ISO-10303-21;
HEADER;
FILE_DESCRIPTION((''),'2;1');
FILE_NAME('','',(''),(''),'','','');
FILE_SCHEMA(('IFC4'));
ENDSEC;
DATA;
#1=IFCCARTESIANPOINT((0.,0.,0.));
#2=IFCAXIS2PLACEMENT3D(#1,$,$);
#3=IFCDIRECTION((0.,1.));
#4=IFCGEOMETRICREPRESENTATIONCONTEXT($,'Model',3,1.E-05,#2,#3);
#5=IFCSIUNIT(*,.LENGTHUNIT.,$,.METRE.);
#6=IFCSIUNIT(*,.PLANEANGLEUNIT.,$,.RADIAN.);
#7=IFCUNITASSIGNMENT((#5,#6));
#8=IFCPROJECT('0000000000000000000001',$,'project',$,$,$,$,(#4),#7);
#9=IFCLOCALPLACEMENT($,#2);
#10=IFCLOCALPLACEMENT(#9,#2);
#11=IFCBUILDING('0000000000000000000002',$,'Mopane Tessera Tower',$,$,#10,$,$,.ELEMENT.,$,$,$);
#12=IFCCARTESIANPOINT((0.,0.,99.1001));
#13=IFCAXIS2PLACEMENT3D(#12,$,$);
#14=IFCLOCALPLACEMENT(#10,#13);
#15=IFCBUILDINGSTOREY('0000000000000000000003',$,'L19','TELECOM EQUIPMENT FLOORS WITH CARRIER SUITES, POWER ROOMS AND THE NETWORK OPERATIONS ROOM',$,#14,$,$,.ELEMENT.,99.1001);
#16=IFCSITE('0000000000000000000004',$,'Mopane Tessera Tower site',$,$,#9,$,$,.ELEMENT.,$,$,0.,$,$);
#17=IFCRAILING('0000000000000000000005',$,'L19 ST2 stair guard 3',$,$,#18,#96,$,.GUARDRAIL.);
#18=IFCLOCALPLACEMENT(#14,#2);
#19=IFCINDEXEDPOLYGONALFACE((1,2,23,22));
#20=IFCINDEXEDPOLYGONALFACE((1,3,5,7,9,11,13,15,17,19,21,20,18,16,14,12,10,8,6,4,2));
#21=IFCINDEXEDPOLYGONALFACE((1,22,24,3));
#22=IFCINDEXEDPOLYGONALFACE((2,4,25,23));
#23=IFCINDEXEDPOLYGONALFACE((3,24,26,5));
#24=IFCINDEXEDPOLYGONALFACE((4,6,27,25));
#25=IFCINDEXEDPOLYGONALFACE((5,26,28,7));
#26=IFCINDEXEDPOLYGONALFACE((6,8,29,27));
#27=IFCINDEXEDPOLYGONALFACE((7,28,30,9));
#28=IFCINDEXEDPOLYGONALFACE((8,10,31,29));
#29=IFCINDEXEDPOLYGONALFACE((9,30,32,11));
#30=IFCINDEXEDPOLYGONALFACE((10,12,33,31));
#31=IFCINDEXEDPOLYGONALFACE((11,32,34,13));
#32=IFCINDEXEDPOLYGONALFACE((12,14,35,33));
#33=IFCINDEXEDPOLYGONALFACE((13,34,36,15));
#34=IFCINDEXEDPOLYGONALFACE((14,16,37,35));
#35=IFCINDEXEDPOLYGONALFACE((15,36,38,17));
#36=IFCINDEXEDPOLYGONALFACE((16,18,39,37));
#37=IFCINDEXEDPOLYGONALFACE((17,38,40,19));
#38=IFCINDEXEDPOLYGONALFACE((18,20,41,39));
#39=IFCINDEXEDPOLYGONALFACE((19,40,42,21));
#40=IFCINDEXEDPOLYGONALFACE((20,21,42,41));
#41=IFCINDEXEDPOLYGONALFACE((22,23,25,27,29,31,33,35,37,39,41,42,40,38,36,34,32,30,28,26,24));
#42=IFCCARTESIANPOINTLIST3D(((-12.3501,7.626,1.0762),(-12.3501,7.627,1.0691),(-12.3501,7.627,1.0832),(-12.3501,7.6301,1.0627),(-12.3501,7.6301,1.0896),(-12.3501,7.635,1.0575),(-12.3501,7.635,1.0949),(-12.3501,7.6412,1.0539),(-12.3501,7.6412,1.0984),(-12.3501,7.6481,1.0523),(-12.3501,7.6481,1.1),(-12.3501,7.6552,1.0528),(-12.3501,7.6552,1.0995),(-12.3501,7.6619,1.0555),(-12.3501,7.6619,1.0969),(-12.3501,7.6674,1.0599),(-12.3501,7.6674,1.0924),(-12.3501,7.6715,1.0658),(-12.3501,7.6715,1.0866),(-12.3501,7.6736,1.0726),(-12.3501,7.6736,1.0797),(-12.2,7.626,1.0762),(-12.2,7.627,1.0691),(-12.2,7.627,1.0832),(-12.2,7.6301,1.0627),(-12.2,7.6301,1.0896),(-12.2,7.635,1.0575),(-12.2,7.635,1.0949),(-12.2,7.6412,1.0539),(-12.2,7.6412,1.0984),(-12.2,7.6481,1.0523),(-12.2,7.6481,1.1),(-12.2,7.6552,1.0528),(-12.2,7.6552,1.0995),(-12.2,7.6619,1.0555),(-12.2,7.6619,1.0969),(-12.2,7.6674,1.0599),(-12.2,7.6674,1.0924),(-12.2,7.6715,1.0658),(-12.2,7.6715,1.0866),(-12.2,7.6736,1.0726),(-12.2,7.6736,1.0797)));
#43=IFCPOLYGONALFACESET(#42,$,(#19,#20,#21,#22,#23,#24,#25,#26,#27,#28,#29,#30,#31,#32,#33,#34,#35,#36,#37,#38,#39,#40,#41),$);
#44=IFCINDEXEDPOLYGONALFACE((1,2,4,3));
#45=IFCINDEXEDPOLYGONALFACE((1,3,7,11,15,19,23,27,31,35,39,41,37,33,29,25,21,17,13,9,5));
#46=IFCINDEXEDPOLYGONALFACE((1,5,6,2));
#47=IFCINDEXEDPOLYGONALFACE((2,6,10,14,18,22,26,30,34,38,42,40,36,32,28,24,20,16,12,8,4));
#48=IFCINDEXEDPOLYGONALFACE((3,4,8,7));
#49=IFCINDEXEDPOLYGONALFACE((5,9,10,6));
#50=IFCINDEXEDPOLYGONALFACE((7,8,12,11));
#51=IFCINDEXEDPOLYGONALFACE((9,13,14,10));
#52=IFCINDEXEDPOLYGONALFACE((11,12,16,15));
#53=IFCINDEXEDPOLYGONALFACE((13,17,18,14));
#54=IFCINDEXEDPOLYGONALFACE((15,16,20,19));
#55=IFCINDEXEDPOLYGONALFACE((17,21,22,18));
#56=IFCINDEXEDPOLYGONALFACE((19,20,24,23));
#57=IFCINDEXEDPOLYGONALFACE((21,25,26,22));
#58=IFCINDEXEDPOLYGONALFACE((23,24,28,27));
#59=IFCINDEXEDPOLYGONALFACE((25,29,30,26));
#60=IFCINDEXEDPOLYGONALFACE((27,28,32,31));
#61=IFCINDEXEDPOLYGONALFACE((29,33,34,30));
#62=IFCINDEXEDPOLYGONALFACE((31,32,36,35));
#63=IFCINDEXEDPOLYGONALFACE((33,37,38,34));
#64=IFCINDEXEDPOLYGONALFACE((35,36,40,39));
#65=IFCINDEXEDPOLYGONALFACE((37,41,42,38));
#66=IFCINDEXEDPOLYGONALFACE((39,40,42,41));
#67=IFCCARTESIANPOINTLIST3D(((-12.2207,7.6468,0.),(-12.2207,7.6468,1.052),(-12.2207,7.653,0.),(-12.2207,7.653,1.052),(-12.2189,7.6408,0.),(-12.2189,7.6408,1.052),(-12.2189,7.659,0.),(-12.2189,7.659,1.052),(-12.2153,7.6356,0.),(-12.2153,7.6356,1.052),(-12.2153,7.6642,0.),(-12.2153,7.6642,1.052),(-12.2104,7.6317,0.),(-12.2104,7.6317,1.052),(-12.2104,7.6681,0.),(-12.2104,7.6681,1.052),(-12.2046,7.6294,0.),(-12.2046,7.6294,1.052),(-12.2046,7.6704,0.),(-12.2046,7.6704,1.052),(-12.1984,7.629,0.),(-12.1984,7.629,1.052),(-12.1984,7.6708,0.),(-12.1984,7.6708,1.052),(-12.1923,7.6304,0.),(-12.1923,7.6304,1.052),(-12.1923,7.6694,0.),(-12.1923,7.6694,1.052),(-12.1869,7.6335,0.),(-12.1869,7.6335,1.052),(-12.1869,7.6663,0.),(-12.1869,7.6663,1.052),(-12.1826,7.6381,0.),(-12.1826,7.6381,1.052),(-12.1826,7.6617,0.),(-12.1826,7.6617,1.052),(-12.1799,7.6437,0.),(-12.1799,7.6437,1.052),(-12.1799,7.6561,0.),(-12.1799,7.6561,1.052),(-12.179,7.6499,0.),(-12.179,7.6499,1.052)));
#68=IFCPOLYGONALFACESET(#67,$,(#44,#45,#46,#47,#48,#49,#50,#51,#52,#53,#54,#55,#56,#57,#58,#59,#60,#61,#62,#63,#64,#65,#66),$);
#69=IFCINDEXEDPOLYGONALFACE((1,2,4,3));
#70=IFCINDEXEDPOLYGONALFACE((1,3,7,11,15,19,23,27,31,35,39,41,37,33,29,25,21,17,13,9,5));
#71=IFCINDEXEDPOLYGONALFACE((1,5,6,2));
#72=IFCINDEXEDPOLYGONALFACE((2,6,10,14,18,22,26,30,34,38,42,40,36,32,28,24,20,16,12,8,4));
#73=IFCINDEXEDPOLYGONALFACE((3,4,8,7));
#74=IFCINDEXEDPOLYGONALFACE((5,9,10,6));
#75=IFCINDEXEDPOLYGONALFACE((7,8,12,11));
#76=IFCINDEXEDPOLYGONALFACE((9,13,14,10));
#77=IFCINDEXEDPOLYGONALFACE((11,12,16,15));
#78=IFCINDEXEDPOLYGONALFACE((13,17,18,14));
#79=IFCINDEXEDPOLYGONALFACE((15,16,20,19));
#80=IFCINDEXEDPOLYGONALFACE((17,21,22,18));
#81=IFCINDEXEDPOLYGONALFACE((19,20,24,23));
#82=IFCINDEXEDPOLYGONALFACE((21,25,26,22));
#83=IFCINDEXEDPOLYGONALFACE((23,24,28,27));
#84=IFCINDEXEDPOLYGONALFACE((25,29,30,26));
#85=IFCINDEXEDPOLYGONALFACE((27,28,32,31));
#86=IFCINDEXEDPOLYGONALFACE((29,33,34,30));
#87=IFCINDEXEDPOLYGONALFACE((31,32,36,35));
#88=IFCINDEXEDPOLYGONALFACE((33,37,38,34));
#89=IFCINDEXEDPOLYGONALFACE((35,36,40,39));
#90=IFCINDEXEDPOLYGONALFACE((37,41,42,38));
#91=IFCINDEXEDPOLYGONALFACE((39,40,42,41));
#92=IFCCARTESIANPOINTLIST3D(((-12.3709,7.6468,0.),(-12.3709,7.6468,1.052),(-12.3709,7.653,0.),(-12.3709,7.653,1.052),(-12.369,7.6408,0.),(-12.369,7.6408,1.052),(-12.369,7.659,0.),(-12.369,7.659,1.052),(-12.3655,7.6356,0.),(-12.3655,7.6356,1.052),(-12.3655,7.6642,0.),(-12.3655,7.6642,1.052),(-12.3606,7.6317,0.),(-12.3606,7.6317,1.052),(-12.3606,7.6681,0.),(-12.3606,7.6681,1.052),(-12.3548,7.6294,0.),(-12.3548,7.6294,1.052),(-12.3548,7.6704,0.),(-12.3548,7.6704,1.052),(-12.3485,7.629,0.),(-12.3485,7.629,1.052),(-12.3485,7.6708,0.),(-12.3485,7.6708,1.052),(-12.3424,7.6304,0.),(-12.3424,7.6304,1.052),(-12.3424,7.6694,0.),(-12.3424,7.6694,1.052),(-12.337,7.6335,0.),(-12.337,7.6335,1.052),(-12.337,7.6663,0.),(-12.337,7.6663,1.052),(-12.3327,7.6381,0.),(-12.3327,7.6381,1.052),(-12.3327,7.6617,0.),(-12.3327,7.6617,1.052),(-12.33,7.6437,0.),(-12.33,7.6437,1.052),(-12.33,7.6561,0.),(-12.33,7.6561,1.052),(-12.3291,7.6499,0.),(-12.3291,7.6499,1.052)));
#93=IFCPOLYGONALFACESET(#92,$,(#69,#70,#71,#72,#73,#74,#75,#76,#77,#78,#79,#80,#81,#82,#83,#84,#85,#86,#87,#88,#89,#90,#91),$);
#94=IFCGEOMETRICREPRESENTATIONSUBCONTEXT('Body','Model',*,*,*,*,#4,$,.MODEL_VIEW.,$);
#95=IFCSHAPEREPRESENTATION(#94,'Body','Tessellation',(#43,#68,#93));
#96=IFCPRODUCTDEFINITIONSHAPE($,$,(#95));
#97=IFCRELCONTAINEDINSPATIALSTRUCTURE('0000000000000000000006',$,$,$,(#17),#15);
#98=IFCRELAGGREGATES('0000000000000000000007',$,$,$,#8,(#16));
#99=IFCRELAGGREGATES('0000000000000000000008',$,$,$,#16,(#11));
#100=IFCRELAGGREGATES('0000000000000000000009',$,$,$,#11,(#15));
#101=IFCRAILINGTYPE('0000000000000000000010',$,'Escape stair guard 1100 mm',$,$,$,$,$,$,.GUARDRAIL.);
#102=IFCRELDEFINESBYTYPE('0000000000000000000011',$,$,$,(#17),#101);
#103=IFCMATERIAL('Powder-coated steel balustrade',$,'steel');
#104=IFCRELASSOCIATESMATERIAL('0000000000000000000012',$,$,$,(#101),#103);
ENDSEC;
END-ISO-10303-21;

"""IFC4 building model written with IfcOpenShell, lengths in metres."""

from ifc_helpers import new_model, si_unit, direction, frame, origin, origin_2d, place, context, subcontext, project, spatial, circle, extrude, material, type_object, element, save


model = new_model("IFC4")

# Units and contexts
model_context = context("Model", 3, precision=1e-05, world=origin(), true_north=direction((0.0, 1.0)))
body_context = subcontext(model_context, "Body", "Model", "MODEL_VIEW")
ifc_project = project(units=[si_unit("LENGTHUNIT", "METRE"), si_unit("PLANEANGLEUNIT", "RADIAN")], contexts=[model_context])

# Site, building, storey
site_placement = place(None, origin())
site = spatial("IfcSite", under=ifc_project, at=site_placement, Name="Mopane Tessera Tower site", CompositionType="ELEMENT", RefElevation=0.0)
building_placement = place(site_placement, origin())
building = spatial("IfcBuilding", under=site, at=building_placement, Name="Mopane Tessera Tower", CompositionType="ELEMENT")
storey_placement = place(building_placement, frame((0.0, 0.0, 99.1001)))
storey = spatial("IfcBuildingStorey", under=building, at=storey_placement, Name="L19", Description="TELECOM EQUIPMENT FLOORS WITH CARRIER SUITES, POWER ROOMS AND THE NETWORK OPERATIONS ROOM", CompositionType="ELEMENT", Elevation=99.1001)

# Railing
ifc_material_1 = material(Name="Powder-coated steel balustrade", Category="steel")
railing_type_1 = type_object("IfcRailingType", Name="Escape stair guard 1100 mm", PredefinedType="GUARDRAIL", material=ifc_material_1)
railing_1_placement = place(storey_placement, frame((-12.2, 7.6499, 0.0)))
element("IfcRailing", 1, at=railing_1_placement, inside=storey, type_object=railing_type_1, Name="L19 ST2 stair guard 3", PredefinedType="GUARDRAIL", context=body_context, shape_type="SweptSolid", body=[
    extrude(circle(Radius=0.0239, at=origin_2d()), frame((0.0, 0.0, 1.0762), z_axis=(-1.0, 0.0, 0.0), x_axis=(0.0, -1.0, 0.0)), (0.0, 0.0, 1.0), 0.1501),
    extrude(circle(Radius=0.021, at=origin_2d()), origin(), (0.0, 0.0, 1.0), 1.052),
    extrude(circle(Radius=0.021, at=origin_2d()), frame((-0.1501, 0.0, 0.0)), (0.0, 0.0, 1.0), 1.052),
])

save(model, "model.ifc")
